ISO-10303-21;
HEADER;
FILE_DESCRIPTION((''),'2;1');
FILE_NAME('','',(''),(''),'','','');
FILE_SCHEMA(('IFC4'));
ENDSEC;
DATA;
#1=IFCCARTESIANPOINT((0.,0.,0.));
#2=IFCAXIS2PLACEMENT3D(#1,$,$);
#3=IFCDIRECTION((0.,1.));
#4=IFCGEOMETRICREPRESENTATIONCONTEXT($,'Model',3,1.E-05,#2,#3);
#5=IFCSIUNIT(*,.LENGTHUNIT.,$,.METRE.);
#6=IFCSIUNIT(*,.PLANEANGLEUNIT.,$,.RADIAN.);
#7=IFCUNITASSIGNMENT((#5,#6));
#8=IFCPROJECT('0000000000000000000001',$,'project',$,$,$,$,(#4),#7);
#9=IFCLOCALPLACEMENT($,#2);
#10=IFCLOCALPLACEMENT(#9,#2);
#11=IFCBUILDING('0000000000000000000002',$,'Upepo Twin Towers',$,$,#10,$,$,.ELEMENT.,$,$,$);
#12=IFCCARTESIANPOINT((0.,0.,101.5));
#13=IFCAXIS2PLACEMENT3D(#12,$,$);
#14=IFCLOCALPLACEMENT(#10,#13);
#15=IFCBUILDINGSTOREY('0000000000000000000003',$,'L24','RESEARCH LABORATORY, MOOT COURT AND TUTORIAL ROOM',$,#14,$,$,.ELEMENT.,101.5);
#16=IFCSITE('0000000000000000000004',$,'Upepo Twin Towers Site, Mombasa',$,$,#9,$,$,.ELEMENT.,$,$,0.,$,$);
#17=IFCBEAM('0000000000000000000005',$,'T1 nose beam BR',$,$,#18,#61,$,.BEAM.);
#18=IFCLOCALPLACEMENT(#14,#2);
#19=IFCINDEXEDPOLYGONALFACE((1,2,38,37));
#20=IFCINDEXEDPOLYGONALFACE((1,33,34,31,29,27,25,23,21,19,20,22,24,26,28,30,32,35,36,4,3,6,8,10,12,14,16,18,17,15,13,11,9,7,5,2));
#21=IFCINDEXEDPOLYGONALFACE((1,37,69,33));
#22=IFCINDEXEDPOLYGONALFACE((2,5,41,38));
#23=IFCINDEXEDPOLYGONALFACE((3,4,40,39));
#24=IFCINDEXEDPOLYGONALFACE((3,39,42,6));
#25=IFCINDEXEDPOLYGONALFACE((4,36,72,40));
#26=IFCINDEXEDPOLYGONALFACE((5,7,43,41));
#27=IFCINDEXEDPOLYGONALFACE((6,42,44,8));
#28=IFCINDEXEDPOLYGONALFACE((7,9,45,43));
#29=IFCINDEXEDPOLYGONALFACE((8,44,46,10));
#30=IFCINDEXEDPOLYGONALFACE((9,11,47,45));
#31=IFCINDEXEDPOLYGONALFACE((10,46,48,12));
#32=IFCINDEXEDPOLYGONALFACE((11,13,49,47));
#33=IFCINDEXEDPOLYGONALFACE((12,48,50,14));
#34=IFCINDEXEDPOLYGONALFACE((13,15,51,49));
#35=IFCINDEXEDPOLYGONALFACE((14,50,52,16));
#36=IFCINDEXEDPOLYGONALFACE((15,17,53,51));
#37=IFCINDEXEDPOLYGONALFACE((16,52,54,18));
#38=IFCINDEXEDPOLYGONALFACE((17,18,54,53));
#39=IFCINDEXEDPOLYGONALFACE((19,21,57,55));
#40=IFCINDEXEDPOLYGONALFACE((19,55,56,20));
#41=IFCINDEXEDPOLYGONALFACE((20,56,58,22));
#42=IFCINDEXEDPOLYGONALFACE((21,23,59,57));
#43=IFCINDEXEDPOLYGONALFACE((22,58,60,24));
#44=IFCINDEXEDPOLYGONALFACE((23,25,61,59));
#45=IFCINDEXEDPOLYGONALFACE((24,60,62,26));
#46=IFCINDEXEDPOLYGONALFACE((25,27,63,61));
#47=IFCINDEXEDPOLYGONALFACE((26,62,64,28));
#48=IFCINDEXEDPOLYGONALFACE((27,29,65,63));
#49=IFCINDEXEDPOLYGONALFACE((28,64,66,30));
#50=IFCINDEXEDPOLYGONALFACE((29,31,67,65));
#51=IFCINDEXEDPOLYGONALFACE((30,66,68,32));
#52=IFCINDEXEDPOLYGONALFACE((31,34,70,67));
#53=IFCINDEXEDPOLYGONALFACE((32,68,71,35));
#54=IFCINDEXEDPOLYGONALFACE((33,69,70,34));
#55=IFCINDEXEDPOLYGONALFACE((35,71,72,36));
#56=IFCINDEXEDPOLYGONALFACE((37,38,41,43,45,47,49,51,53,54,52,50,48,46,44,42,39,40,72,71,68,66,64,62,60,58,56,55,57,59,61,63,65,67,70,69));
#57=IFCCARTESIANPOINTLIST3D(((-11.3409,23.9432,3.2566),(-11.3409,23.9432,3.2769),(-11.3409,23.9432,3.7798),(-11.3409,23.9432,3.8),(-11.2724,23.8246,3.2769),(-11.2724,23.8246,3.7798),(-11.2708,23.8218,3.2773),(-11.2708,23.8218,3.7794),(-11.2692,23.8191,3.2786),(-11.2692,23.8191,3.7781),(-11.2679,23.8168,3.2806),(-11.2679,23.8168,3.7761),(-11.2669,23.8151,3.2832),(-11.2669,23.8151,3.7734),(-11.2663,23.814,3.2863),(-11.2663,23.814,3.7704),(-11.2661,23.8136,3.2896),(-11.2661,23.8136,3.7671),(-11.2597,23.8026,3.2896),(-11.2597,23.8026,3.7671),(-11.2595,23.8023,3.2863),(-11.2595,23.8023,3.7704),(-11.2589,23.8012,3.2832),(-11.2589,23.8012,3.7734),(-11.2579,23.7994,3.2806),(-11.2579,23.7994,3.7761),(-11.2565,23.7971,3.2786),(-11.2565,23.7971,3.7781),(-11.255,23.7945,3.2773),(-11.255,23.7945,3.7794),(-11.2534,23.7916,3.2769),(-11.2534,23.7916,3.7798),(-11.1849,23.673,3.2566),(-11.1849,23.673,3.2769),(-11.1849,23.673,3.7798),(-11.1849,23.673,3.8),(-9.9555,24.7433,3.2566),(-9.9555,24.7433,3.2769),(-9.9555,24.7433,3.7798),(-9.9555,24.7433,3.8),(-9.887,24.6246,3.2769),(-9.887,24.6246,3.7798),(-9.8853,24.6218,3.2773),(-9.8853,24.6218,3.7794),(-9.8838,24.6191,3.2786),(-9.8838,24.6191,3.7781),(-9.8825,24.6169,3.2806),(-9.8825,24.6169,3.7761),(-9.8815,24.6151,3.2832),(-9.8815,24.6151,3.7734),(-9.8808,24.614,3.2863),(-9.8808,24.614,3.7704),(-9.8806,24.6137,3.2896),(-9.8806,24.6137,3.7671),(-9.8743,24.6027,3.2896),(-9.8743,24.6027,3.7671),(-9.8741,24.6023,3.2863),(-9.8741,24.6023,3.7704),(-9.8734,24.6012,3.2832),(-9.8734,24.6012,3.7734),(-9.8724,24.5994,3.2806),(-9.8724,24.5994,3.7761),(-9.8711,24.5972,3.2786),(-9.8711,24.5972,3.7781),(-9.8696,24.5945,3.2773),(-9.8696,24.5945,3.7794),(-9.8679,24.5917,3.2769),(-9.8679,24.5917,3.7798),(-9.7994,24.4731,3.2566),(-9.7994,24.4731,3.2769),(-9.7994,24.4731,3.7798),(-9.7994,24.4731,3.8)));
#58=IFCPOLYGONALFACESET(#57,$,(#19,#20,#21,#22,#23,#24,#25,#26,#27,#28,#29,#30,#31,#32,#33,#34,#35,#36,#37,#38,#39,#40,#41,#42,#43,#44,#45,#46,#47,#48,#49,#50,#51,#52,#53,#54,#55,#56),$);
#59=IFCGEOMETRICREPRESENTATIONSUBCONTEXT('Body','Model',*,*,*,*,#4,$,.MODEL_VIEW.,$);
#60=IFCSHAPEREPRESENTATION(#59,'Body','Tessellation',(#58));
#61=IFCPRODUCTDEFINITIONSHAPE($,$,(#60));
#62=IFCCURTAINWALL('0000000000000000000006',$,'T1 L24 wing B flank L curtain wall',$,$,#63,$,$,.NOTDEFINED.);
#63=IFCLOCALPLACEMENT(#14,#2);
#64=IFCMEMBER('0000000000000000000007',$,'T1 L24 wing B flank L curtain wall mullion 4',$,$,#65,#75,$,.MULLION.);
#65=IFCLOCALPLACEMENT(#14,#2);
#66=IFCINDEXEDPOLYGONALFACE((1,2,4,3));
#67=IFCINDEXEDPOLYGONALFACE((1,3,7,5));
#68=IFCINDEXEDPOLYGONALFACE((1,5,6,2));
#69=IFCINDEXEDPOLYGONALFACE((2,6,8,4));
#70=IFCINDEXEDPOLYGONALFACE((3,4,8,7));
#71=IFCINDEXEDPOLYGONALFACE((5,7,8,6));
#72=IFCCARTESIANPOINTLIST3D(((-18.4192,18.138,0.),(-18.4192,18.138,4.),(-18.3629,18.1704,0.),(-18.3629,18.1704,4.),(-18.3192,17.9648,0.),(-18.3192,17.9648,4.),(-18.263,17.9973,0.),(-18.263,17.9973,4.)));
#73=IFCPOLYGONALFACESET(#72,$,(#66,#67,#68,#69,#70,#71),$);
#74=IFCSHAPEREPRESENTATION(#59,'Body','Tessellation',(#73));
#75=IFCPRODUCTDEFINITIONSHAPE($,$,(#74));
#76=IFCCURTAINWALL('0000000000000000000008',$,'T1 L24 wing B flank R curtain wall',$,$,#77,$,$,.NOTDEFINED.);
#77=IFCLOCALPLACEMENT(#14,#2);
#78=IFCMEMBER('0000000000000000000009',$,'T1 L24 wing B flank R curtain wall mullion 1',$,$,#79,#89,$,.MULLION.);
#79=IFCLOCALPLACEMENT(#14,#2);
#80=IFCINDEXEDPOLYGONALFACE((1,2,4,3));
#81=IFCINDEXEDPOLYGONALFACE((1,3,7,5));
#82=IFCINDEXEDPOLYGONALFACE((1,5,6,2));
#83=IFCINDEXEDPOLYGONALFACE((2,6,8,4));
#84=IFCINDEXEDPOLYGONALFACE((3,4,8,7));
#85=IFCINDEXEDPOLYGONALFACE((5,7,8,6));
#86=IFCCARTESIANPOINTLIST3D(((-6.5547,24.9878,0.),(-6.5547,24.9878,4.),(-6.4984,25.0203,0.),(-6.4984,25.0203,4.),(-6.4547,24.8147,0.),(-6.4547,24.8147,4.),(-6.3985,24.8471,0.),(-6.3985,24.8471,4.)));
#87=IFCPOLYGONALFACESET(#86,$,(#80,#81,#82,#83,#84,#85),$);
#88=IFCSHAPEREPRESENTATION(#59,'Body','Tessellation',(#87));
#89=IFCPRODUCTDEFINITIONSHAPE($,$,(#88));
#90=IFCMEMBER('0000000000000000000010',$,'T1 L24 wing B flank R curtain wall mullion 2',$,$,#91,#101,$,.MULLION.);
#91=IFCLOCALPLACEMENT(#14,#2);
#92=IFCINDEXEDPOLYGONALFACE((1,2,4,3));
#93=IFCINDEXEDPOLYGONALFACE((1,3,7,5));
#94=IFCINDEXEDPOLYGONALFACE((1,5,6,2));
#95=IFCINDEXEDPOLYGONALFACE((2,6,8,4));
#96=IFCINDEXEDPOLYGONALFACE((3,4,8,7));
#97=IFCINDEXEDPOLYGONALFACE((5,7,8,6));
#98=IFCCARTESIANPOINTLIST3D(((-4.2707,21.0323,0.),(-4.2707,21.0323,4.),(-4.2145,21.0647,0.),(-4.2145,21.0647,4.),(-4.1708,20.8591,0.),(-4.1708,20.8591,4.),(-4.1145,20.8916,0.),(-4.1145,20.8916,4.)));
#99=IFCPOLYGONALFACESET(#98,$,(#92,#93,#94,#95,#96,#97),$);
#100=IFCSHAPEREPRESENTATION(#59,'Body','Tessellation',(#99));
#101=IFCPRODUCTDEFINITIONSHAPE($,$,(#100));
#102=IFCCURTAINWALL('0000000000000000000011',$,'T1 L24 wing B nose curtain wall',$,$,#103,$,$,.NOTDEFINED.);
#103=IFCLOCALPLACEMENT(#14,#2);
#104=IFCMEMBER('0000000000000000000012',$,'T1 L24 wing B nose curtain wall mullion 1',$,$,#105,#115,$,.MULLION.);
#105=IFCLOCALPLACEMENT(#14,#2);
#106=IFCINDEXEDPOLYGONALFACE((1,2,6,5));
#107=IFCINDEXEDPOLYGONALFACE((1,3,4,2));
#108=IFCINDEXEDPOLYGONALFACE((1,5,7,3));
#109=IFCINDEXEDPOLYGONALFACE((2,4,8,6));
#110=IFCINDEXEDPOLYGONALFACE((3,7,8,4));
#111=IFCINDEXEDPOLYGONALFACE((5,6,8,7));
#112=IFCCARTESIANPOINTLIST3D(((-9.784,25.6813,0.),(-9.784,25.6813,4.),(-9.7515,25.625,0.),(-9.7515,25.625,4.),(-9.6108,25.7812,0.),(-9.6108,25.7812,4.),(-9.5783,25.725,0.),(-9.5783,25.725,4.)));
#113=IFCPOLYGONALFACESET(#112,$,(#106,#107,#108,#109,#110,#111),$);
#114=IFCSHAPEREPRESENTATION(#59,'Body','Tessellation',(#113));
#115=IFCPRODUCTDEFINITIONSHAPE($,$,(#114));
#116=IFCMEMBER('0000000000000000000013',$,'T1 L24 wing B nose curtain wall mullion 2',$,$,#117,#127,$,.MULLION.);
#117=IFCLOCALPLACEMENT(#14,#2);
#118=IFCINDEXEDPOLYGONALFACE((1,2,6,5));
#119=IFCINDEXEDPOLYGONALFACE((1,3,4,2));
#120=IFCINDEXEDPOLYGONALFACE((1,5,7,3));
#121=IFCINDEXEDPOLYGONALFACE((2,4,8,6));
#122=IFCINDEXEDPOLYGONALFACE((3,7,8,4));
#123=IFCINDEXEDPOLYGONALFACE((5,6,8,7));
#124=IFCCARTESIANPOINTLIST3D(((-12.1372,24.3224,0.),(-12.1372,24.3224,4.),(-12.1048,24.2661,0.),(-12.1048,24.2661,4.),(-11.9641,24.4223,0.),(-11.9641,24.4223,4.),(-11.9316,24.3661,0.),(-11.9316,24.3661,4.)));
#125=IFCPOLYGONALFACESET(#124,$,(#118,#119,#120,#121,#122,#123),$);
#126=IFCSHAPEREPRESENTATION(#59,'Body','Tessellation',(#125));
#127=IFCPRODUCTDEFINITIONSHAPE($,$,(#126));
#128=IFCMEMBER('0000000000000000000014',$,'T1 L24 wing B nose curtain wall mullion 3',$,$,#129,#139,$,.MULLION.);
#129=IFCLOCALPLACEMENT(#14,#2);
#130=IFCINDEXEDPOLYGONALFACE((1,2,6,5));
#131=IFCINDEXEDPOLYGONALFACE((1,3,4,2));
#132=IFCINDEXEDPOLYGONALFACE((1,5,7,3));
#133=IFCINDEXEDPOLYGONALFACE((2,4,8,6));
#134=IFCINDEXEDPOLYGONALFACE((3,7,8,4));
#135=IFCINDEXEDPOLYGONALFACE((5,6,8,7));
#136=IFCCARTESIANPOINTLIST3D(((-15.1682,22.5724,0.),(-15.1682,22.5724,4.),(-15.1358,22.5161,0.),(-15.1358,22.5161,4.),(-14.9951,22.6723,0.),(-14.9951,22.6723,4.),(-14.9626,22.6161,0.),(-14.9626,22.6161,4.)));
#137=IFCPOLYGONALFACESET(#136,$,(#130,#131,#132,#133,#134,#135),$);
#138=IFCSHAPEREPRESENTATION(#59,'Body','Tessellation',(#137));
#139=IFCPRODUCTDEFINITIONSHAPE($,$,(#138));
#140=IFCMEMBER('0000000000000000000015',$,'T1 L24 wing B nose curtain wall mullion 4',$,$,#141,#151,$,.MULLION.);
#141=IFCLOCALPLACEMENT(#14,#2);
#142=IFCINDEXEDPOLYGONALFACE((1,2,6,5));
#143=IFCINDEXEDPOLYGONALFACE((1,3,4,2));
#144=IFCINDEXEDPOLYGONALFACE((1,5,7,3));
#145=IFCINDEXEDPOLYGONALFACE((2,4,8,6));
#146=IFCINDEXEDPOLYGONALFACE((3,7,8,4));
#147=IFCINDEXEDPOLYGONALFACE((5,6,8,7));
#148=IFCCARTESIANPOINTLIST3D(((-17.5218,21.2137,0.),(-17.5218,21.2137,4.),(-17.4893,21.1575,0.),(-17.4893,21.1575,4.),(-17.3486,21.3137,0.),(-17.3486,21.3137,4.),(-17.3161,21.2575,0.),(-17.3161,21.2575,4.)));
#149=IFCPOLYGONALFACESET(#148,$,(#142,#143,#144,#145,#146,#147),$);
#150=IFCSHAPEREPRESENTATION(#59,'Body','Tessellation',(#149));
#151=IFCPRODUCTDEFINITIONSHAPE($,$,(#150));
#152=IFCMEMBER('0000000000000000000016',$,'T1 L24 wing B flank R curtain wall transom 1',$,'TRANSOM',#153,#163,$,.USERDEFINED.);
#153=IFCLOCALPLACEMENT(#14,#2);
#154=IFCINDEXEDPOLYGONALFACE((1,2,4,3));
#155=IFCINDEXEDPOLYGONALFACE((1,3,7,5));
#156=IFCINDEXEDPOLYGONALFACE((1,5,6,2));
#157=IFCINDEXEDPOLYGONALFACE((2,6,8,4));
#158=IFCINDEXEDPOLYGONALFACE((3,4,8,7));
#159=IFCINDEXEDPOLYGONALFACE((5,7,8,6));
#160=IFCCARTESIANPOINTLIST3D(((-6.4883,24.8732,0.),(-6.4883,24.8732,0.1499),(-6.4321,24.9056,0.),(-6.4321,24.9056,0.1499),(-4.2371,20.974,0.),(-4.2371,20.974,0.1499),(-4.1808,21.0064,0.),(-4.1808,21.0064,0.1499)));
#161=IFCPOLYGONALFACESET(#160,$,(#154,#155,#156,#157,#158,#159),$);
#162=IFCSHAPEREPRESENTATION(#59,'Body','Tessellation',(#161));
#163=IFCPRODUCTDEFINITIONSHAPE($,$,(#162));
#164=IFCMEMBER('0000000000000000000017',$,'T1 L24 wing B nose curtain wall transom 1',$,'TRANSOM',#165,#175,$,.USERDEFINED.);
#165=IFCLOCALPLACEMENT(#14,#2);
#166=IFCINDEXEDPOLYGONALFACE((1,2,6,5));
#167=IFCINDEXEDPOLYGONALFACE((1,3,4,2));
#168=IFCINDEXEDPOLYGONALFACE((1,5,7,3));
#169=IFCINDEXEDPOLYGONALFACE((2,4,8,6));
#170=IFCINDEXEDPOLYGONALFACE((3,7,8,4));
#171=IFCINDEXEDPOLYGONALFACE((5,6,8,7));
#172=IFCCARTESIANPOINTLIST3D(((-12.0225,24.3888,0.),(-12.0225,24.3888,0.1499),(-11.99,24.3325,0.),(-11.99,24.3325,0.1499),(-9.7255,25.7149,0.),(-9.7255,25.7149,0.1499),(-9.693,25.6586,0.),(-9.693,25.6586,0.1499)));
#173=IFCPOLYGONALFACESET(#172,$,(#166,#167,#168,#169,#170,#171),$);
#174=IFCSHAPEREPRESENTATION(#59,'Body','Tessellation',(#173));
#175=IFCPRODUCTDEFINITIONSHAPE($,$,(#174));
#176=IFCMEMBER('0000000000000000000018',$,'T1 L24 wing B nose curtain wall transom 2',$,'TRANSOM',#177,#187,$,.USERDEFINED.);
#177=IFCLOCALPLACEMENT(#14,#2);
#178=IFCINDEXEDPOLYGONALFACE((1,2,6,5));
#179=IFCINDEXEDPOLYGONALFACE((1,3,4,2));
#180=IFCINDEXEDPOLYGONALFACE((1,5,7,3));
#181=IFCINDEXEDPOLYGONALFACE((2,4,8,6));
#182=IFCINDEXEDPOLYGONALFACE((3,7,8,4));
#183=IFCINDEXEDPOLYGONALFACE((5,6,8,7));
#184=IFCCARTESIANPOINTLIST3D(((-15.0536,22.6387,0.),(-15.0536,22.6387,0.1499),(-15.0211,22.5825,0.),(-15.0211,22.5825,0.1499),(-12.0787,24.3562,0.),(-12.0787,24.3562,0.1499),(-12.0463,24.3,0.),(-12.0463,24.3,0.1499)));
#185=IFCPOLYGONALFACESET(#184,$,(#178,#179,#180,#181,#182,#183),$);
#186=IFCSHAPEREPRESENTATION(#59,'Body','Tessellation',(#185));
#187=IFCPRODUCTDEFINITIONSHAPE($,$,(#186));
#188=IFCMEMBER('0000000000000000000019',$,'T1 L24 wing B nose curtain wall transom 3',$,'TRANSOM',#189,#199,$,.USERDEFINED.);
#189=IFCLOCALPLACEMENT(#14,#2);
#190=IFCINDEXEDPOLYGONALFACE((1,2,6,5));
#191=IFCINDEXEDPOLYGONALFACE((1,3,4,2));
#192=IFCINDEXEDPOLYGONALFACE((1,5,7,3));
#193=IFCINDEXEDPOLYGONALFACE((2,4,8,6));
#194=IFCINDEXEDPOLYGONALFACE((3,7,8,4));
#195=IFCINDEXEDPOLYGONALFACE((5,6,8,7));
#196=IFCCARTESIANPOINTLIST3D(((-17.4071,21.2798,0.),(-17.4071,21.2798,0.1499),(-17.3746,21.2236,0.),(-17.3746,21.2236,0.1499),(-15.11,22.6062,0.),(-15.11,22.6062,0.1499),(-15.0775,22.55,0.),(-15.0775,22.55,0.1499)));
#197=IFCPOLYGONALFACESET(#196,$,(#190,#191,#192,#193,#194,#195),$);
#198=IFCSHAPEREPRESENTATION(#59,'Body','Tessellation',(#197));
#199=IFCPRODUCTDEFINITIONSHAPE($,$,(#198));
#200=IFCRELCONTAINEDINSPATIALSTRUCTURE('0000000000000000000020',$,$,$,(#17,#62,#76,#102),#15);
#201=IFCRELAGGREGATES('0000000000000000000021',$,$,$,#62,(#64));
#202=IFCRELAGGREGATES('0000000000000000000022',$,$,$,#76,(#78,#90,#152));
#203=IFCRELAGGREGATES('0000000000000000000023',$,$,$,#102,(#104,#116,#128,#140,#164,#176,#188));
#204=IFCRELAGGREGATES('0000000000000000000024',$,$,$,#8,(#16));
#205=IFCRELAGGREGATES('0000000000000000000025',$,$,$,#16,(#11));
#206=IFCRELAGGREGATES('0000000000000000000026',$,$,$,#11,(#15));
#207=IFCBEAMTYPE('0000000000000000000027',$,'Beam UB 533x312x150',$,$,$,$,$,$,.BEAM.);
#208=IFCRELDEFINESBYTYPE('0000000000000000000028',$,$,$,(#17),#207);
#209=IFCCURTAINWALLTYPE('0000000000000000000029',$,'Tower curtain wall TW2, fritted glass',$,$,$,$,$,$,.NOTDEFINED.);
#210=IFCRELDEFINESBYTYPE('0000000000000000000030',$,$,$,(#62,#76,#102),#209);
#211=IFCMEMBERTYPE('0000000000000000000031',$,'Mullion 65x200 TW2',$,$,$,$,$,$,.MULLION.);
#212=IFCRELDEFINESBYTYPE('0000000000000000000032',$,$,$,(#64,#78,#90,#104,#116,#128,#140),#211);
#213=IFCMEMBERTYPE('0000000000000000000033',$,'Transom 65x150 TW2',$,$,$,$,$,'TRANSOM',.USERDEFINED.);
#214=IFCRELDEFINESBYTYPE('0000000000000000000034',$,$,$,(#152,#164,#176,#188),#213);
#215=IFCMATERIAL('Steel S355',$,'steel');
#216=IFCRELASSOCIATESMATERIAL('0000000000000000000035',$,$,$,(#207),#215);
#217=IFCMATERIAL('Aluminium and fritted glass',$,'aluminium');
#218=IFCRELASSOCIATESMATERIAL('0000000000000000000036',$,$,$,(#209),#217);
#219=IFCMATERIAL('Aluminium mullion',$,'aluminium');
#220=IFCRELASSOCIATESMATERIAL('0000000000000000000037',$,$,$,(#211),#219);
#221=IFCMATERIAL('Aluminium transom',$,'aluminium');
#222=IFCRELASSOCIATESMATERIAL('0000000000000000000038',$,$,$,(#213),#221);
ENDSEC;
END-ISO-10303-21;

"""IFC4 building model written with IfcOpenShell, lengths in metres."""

from ifc_helpers import new_model, si_unit, direction, frame, origin, origin_2d, place, context, subcontext, project, spatial, rectangle, i_section, extrude, material, material_profile, profile_set, type_object, element, aggregate, save


model = new_model("IFC4")

# Units and contexts
model_context = context("Model", 3, precision=1e-05, world=origin(), true_north=direction((0.0, 1.0)))
body_context = subcontext(model_context, "Body", "Model", "MODEL_VIEW")
ifc_project = project(units=[si_unit("LENGTHUNIT", "METRE"), si_unit("PLANEANGLEUNIT", "RADIAN")], contexts=[model_context])

# Site, building, storey
site_placement = place(None, origin())
site = spatial("IfcSite", under=ifc_project, at=site_placement, Name="Upepo Twin Towers Site, Mombasa", CompositionType="ELEMENT", RefElevation=0.0)
building_placement = place(site_placement, origin())
building = spatial("IfcBuilding", under=site, at=building_placement, Name="Upepo Twin Towers", CompositionType="ELEMENT")
storey_placement = place(building_placement, frame((0.0, 0.0, 101.5)))
storey = spatial("IfcBuildingStorey", under=building, at=storey_placement, Name="L24", Description="RESEARCH LABORATORY, MOOT COURT AND TUTORIAL ROOM", CompositionType="ELEMENT", Elevation=101.5)

# Beam
ifc_material_1 = material(Name="Steel S355", Category="steel")
ifc_material_profile_1 = material_profile(ifc_material_1, i_section(OverallWidth=0.312, OverallDepth=0.5435, WebThickness=0.0127, FlangeThickness=0.0203, FilletRadius=0.0127, at=origin_2d()), Name="UB 533x312x150")
ifc_profile_set_1 = profile_set([ifc_material_profile_1], Name="Steel S355")
beam_type_1 = type_object("IfcBeamType", Name="Beam UB 533x312x150", PredefinedType="BEAM", material=ifc_profile_set_1)
for number, where, z_axis, x_axis, name in (
    (1, (-9.8774, 24.6082, 3.5283), (-0.86599, -0.500061, 0.0), (0.500061, -0.86599, 0.0), "T1 nose beam BR"),
):
    element("IfcBeam", number, at=place(storey_placement, frame(where, z_axis=z_axis, x_axis=x_axis)), inside=storey, type_object=beam_type_1, Name=name, PredefinedType="BEAM", context=body_context, shape_type="SweptSolid", body=[
        extrude(i_section(OverallWidth=0.312, OverallDepth=0.5435, WebThickness=0.0127, FlangeThickness=0.0203, FilletRadius=0.0127, at=origin_2d()), origin(), (0.0, 0.0, 1.0), 1.5999),
    ])

# Curtain wall, member
ifc_material_2 = material(Name="Aluminium and fritted glass", Category="aluminium")
curtain_wall_type = type_object("IfcCurtainWallType", Name="Tower curtain wall TW2, fritted glass", PredefinedType="NOTDEFINED", material=ifc_material_2)
curtain_wall_1_placement = place(storey_placement, origin())
curtain_wall_1 = element("IfcCurtainWall", 2, at=curtain_wall_1_placement, inside=storey, type_object=curtain_wall_type, Name="T1 L24 wing B flank L curtain wall", PredefinedType="NOTDEFINED")
ifc_material_3 = material(Name="Aluminium mullion", Category="aluminium")
ifc_material_profile_2 = material_profile(ifc_material_3, rectangle(XDim=0.0649, YDim=0.2, at=origin_2d()), Name="MULLION 65x200")
ifc_profile_set_2 = profile_set([ifc_material_profile_2], Name="Aluminium mullion")
member_type_1 = type_object("IfcMemberType", Name="Mullion 65x200 TW2", PredefinedType="MULLION", material=ifc_profile_set_2)
member_1_placement = place(storey_placement, frame((-18.3411, 18.0676, 0.0), z_axis=(0.0, 0.0, 1.0), x_axis=(-0.866025, -0.5, 0.0)))
member_1 = element("IfcMember", 3, at=member_1_placement, type_object=member_type_1, Name="T1 L24 wing B flank L curtain wall mullion 4", PredefinedType="MULLION", context=body_context, shape_type="SweptSolid", body=[
    extrude(rectangle(XDim=0.0649, YDim=0.2, at=origin_2d()), origin(), (0.0, 0.0, 1.0), 4.0),
])
aggregate(curtain_wall_1, [member_1])

# Curtain walls, members
curtain_wall_2_placement = place(storey_placement, origin())
curtain_wall_2 = element("IfcCurtainWall", 4, at=curtain_wall_2_placement, inside=storey, type_object=curtain_wall_type, Name="T1 L24 wing B flank R curtain wall", PredefinedType="NOTDEFINED")
member_2_placement = place(storey_placement, frame((-6.4766, 24.9175, 0.0), z_axis=(0.0, 0.0, 1.0), x_axis=(0.866025, 0.5, 0.0)))
member_2 = element("IfcMember", 5, at=member_2_placement, type_object=member_type_1, Name="T1 L24 wing B flank R curtain wall mullion 1", PredefinedType="MULLION", context=body_context, shape_type="SweptSolid", body=[
    extrude(rectangle(XDim=0.0649, YDim=0.2, at=origin_2d()), origin(), (0.0, 0.0, 1.0), 4.0),
])
member_3_placement = place(storey_placement, frame((-4.1926, 20.9619, 0.0), z_axis=(0.0, 0.0, 1.0), x_axis=(0.866025, 0.5, 0.0)))
member_3 = element("IfcMember", 6, at=member_3_placement, type_object=member_type_1, Name="T1 L24 wing B flank R curtain wall mullion 2", PredefinedType="MULLION", context=body_context, shape_type="SweptSolid", body=[
    extrude(rectangle(XDim=0.0649, YDim=0.2, at=origin_2d()), origin(), (0.0, 0.0, 1.0), 4.0),
])
curtain_wall_3_placement = place(storey_placement, origin())
curtain_wall_3 = element("IfcCurtainWall", 7, at=curtain_wall_3_placement, inside=storey, type_object=curtain_wall_type, Name="T1 L24 wing B nose curtain wall", PredefinedType="NOTDEFINED")
member_4_placement = place(storey_placement, frame((-9.6812, 25.7031, 0.0), z_axis=(0.0, 0.0, 1.0), x_axis=(0.5, -0.866025, 0.0)))
member_4 = element("IfcMember", 8, at=member_4_placement, type_object=member_type_1, Name="T1 L24 wing B nose curtain wall mullion 1", PredefinedType="MULLION", context=body_context, shape_type="SweptSolid", body=[
    extrude(rectangle(XDim=0.0649, YDim=0.2, at=origin_2d()), origin(), (0.0, 0.0, 1.0), 4.0),
])
member_5_placement = place(storey_placement, frame((-12.0344, 24.3442, 0.0), z_axis=(0.0, 0.0, 1.0), x_axis=(0.5, -0.866025, 0.0)))
member_5 = element("IfcMember", 9, at=member_5_placement, type_object=member_type_1, Name="T1 L24 wing B nose curtain wall mullion 2", PredefinedType="MULLION", context=body_context, shape_type="SweptSolid", body=[
    extrude(rectangle(XDim=0.0649, YDim=0.2, at=origin_2d()), origin(), (0.0, 0.0, 1.0), 4.0),
])
member_6_placement = place(storey_placement, frame((-15.0654, 22.5942, 0.0), z_axis=(0.0, 0.0, 1.0), x_axis=(0.5, -0.866025, 0.0)))
member_6 = element("IfcMember", 10, at=member_6_placement, type_object=member_type_1, Name="T1 L24 wing B nose curtain wall mullion 3", PredefinedType="MULLION", context=body_context, shape_type="SweptSolid", body=[
    extrude(rectangle(XDim=0.0649, YDim=0.2, at=origin_2d()), origin(), (0.0, 0.0, 1.0), 4.0),
])
member_7_placement = place(storey_placement, frame((-17.4189, 21.2356, 0.0), z_axis=(0.0, 0.0, 1.0), x_axis=(0.5, -0.866025, 0.0)))
member_7 = element("IfcMember", 11, at=member_7_placement, type_object=member_type_1, Name="T1 L24 wing B nose curtain wall mullion 4", PredefinedType="MULLION", context=body_context, shape_type="SweptSolid", body=[
    extrude(rectangle(XDim=0.0649, YDim=0.2, at=origin_2d()), origin(), (0.0, 0.0, 1.0), 4.0),
])

# Members
ifc_material_4 = material(Name="Aluminium transom", Category="aluminium")
ifc_material_profile_3 = material_profile(ifc_material_4, rectangle(XDim=0.0649, YDim=0.1499, at=origin_2d()), Name="TRANSOM 65x150")
ifc_profile_set_3 = profile_set([ifc_material_profile_3], Name="Aluminium transom")
member_type_2 = type_object("IfcMemberType", Name="Transom 65x150 TW2", ElementType="TRANSOM", PredefinedType="USERDEFINED", material=ifc_profile_set_3)
member_8_placement = place(storey_placement, frame((-6.4602, 24.8894, 0.075), z_axis=(0.500006, -0.866022, 0.0), x_axis=(0.866022, 0.500006, 0.0)))
member_8 = element("IfcMember", 12, at=member_8_placement, type_object=member_type_2, Name="T1 L24 wing B flank R curtain wall transom 1", ObjectType="TRANSOM", PredefinedType="USERDEFINED", context=body_context, shape_type="SweptSolid", body=[
    extrude(rectangle(XDim=0.0649, YDim=0.1499, at=origin_2d()), origin(), (0.0, 0.0, 1.0), 4.5024),
])
member_9_placement = place(storey_placement, frame((-9.7092, 25.6868, 0.075), z_axis=(-0.866037, -0.49998, 0.0), x_axis=(0.49998, -0.866037, 0.0)))
member_9 = element("IfcMember", 13, at=member_9_placement, type_object=member_type_2, Name="T1 L24 wing B nose curtain wall transom 1", ObjectType="TRANSOM", PredefinedType="USERDEFINED", context=body_context, shape_type="SweptSolid", body=[
    extrude(rectangle(XDim=0.0649, YDim=0.1499, at=origin_2d()), origin(), (0.0, 0.0, 1.0), 2.6523),
])
member_10_placement = place(storey_placement, frame((-12.0625, 24.3281, 0.075), z_axis=(-0.866026, -0.499999, 0.0), x_axis=(0.499999, -0.866026, 0.0)))
member_10 = element("IfcMember", 14, at=member_10_placement, type_object=member_type_2, Name="T1 L24 wing B nose curtain wall transom 2", ObjectType="TRANSOM", PredefinedType="USERDEFINED", context=body_context, shape_type="SweptSolid", body=[
    extrude(rectangle(XDim=0.0649, YDim=0.1499, at=origin_2d()), origin(), (0.0, 0.0, 1.0), 3.4351),
])
member_11_placement = place(storey_placement, frame((-15.0938, 22.5781, 0.075), z_axis=(-0.865997, -0.500049, 0.0), x_axis=(0.500049, -0.865997, 0.0)))
member_11 = element("IfcMember", 15, at=member_11_placement, type_object=member_type_2, Name="T1 L24 wing B nose curtain wall transom 3", ObjectType="TRANSOM", PredefinedType="USERDEFINED", context=body_context, shape_type="SweptSolid", body=[
    extrude(rectangle(XDim=0.0649, YDim=0.1499, at=origin_2d()), origin(), (0.0, 0.0, 1.0), 2.6526),
])

aggregate(curtain_wall_2, [member_2, member_3, member_8])
aggregate(curtain_wall_3, [member_4, member_5, member_6, member_7, member_9, member_10, member_11])

save(model, "model.ifc")
